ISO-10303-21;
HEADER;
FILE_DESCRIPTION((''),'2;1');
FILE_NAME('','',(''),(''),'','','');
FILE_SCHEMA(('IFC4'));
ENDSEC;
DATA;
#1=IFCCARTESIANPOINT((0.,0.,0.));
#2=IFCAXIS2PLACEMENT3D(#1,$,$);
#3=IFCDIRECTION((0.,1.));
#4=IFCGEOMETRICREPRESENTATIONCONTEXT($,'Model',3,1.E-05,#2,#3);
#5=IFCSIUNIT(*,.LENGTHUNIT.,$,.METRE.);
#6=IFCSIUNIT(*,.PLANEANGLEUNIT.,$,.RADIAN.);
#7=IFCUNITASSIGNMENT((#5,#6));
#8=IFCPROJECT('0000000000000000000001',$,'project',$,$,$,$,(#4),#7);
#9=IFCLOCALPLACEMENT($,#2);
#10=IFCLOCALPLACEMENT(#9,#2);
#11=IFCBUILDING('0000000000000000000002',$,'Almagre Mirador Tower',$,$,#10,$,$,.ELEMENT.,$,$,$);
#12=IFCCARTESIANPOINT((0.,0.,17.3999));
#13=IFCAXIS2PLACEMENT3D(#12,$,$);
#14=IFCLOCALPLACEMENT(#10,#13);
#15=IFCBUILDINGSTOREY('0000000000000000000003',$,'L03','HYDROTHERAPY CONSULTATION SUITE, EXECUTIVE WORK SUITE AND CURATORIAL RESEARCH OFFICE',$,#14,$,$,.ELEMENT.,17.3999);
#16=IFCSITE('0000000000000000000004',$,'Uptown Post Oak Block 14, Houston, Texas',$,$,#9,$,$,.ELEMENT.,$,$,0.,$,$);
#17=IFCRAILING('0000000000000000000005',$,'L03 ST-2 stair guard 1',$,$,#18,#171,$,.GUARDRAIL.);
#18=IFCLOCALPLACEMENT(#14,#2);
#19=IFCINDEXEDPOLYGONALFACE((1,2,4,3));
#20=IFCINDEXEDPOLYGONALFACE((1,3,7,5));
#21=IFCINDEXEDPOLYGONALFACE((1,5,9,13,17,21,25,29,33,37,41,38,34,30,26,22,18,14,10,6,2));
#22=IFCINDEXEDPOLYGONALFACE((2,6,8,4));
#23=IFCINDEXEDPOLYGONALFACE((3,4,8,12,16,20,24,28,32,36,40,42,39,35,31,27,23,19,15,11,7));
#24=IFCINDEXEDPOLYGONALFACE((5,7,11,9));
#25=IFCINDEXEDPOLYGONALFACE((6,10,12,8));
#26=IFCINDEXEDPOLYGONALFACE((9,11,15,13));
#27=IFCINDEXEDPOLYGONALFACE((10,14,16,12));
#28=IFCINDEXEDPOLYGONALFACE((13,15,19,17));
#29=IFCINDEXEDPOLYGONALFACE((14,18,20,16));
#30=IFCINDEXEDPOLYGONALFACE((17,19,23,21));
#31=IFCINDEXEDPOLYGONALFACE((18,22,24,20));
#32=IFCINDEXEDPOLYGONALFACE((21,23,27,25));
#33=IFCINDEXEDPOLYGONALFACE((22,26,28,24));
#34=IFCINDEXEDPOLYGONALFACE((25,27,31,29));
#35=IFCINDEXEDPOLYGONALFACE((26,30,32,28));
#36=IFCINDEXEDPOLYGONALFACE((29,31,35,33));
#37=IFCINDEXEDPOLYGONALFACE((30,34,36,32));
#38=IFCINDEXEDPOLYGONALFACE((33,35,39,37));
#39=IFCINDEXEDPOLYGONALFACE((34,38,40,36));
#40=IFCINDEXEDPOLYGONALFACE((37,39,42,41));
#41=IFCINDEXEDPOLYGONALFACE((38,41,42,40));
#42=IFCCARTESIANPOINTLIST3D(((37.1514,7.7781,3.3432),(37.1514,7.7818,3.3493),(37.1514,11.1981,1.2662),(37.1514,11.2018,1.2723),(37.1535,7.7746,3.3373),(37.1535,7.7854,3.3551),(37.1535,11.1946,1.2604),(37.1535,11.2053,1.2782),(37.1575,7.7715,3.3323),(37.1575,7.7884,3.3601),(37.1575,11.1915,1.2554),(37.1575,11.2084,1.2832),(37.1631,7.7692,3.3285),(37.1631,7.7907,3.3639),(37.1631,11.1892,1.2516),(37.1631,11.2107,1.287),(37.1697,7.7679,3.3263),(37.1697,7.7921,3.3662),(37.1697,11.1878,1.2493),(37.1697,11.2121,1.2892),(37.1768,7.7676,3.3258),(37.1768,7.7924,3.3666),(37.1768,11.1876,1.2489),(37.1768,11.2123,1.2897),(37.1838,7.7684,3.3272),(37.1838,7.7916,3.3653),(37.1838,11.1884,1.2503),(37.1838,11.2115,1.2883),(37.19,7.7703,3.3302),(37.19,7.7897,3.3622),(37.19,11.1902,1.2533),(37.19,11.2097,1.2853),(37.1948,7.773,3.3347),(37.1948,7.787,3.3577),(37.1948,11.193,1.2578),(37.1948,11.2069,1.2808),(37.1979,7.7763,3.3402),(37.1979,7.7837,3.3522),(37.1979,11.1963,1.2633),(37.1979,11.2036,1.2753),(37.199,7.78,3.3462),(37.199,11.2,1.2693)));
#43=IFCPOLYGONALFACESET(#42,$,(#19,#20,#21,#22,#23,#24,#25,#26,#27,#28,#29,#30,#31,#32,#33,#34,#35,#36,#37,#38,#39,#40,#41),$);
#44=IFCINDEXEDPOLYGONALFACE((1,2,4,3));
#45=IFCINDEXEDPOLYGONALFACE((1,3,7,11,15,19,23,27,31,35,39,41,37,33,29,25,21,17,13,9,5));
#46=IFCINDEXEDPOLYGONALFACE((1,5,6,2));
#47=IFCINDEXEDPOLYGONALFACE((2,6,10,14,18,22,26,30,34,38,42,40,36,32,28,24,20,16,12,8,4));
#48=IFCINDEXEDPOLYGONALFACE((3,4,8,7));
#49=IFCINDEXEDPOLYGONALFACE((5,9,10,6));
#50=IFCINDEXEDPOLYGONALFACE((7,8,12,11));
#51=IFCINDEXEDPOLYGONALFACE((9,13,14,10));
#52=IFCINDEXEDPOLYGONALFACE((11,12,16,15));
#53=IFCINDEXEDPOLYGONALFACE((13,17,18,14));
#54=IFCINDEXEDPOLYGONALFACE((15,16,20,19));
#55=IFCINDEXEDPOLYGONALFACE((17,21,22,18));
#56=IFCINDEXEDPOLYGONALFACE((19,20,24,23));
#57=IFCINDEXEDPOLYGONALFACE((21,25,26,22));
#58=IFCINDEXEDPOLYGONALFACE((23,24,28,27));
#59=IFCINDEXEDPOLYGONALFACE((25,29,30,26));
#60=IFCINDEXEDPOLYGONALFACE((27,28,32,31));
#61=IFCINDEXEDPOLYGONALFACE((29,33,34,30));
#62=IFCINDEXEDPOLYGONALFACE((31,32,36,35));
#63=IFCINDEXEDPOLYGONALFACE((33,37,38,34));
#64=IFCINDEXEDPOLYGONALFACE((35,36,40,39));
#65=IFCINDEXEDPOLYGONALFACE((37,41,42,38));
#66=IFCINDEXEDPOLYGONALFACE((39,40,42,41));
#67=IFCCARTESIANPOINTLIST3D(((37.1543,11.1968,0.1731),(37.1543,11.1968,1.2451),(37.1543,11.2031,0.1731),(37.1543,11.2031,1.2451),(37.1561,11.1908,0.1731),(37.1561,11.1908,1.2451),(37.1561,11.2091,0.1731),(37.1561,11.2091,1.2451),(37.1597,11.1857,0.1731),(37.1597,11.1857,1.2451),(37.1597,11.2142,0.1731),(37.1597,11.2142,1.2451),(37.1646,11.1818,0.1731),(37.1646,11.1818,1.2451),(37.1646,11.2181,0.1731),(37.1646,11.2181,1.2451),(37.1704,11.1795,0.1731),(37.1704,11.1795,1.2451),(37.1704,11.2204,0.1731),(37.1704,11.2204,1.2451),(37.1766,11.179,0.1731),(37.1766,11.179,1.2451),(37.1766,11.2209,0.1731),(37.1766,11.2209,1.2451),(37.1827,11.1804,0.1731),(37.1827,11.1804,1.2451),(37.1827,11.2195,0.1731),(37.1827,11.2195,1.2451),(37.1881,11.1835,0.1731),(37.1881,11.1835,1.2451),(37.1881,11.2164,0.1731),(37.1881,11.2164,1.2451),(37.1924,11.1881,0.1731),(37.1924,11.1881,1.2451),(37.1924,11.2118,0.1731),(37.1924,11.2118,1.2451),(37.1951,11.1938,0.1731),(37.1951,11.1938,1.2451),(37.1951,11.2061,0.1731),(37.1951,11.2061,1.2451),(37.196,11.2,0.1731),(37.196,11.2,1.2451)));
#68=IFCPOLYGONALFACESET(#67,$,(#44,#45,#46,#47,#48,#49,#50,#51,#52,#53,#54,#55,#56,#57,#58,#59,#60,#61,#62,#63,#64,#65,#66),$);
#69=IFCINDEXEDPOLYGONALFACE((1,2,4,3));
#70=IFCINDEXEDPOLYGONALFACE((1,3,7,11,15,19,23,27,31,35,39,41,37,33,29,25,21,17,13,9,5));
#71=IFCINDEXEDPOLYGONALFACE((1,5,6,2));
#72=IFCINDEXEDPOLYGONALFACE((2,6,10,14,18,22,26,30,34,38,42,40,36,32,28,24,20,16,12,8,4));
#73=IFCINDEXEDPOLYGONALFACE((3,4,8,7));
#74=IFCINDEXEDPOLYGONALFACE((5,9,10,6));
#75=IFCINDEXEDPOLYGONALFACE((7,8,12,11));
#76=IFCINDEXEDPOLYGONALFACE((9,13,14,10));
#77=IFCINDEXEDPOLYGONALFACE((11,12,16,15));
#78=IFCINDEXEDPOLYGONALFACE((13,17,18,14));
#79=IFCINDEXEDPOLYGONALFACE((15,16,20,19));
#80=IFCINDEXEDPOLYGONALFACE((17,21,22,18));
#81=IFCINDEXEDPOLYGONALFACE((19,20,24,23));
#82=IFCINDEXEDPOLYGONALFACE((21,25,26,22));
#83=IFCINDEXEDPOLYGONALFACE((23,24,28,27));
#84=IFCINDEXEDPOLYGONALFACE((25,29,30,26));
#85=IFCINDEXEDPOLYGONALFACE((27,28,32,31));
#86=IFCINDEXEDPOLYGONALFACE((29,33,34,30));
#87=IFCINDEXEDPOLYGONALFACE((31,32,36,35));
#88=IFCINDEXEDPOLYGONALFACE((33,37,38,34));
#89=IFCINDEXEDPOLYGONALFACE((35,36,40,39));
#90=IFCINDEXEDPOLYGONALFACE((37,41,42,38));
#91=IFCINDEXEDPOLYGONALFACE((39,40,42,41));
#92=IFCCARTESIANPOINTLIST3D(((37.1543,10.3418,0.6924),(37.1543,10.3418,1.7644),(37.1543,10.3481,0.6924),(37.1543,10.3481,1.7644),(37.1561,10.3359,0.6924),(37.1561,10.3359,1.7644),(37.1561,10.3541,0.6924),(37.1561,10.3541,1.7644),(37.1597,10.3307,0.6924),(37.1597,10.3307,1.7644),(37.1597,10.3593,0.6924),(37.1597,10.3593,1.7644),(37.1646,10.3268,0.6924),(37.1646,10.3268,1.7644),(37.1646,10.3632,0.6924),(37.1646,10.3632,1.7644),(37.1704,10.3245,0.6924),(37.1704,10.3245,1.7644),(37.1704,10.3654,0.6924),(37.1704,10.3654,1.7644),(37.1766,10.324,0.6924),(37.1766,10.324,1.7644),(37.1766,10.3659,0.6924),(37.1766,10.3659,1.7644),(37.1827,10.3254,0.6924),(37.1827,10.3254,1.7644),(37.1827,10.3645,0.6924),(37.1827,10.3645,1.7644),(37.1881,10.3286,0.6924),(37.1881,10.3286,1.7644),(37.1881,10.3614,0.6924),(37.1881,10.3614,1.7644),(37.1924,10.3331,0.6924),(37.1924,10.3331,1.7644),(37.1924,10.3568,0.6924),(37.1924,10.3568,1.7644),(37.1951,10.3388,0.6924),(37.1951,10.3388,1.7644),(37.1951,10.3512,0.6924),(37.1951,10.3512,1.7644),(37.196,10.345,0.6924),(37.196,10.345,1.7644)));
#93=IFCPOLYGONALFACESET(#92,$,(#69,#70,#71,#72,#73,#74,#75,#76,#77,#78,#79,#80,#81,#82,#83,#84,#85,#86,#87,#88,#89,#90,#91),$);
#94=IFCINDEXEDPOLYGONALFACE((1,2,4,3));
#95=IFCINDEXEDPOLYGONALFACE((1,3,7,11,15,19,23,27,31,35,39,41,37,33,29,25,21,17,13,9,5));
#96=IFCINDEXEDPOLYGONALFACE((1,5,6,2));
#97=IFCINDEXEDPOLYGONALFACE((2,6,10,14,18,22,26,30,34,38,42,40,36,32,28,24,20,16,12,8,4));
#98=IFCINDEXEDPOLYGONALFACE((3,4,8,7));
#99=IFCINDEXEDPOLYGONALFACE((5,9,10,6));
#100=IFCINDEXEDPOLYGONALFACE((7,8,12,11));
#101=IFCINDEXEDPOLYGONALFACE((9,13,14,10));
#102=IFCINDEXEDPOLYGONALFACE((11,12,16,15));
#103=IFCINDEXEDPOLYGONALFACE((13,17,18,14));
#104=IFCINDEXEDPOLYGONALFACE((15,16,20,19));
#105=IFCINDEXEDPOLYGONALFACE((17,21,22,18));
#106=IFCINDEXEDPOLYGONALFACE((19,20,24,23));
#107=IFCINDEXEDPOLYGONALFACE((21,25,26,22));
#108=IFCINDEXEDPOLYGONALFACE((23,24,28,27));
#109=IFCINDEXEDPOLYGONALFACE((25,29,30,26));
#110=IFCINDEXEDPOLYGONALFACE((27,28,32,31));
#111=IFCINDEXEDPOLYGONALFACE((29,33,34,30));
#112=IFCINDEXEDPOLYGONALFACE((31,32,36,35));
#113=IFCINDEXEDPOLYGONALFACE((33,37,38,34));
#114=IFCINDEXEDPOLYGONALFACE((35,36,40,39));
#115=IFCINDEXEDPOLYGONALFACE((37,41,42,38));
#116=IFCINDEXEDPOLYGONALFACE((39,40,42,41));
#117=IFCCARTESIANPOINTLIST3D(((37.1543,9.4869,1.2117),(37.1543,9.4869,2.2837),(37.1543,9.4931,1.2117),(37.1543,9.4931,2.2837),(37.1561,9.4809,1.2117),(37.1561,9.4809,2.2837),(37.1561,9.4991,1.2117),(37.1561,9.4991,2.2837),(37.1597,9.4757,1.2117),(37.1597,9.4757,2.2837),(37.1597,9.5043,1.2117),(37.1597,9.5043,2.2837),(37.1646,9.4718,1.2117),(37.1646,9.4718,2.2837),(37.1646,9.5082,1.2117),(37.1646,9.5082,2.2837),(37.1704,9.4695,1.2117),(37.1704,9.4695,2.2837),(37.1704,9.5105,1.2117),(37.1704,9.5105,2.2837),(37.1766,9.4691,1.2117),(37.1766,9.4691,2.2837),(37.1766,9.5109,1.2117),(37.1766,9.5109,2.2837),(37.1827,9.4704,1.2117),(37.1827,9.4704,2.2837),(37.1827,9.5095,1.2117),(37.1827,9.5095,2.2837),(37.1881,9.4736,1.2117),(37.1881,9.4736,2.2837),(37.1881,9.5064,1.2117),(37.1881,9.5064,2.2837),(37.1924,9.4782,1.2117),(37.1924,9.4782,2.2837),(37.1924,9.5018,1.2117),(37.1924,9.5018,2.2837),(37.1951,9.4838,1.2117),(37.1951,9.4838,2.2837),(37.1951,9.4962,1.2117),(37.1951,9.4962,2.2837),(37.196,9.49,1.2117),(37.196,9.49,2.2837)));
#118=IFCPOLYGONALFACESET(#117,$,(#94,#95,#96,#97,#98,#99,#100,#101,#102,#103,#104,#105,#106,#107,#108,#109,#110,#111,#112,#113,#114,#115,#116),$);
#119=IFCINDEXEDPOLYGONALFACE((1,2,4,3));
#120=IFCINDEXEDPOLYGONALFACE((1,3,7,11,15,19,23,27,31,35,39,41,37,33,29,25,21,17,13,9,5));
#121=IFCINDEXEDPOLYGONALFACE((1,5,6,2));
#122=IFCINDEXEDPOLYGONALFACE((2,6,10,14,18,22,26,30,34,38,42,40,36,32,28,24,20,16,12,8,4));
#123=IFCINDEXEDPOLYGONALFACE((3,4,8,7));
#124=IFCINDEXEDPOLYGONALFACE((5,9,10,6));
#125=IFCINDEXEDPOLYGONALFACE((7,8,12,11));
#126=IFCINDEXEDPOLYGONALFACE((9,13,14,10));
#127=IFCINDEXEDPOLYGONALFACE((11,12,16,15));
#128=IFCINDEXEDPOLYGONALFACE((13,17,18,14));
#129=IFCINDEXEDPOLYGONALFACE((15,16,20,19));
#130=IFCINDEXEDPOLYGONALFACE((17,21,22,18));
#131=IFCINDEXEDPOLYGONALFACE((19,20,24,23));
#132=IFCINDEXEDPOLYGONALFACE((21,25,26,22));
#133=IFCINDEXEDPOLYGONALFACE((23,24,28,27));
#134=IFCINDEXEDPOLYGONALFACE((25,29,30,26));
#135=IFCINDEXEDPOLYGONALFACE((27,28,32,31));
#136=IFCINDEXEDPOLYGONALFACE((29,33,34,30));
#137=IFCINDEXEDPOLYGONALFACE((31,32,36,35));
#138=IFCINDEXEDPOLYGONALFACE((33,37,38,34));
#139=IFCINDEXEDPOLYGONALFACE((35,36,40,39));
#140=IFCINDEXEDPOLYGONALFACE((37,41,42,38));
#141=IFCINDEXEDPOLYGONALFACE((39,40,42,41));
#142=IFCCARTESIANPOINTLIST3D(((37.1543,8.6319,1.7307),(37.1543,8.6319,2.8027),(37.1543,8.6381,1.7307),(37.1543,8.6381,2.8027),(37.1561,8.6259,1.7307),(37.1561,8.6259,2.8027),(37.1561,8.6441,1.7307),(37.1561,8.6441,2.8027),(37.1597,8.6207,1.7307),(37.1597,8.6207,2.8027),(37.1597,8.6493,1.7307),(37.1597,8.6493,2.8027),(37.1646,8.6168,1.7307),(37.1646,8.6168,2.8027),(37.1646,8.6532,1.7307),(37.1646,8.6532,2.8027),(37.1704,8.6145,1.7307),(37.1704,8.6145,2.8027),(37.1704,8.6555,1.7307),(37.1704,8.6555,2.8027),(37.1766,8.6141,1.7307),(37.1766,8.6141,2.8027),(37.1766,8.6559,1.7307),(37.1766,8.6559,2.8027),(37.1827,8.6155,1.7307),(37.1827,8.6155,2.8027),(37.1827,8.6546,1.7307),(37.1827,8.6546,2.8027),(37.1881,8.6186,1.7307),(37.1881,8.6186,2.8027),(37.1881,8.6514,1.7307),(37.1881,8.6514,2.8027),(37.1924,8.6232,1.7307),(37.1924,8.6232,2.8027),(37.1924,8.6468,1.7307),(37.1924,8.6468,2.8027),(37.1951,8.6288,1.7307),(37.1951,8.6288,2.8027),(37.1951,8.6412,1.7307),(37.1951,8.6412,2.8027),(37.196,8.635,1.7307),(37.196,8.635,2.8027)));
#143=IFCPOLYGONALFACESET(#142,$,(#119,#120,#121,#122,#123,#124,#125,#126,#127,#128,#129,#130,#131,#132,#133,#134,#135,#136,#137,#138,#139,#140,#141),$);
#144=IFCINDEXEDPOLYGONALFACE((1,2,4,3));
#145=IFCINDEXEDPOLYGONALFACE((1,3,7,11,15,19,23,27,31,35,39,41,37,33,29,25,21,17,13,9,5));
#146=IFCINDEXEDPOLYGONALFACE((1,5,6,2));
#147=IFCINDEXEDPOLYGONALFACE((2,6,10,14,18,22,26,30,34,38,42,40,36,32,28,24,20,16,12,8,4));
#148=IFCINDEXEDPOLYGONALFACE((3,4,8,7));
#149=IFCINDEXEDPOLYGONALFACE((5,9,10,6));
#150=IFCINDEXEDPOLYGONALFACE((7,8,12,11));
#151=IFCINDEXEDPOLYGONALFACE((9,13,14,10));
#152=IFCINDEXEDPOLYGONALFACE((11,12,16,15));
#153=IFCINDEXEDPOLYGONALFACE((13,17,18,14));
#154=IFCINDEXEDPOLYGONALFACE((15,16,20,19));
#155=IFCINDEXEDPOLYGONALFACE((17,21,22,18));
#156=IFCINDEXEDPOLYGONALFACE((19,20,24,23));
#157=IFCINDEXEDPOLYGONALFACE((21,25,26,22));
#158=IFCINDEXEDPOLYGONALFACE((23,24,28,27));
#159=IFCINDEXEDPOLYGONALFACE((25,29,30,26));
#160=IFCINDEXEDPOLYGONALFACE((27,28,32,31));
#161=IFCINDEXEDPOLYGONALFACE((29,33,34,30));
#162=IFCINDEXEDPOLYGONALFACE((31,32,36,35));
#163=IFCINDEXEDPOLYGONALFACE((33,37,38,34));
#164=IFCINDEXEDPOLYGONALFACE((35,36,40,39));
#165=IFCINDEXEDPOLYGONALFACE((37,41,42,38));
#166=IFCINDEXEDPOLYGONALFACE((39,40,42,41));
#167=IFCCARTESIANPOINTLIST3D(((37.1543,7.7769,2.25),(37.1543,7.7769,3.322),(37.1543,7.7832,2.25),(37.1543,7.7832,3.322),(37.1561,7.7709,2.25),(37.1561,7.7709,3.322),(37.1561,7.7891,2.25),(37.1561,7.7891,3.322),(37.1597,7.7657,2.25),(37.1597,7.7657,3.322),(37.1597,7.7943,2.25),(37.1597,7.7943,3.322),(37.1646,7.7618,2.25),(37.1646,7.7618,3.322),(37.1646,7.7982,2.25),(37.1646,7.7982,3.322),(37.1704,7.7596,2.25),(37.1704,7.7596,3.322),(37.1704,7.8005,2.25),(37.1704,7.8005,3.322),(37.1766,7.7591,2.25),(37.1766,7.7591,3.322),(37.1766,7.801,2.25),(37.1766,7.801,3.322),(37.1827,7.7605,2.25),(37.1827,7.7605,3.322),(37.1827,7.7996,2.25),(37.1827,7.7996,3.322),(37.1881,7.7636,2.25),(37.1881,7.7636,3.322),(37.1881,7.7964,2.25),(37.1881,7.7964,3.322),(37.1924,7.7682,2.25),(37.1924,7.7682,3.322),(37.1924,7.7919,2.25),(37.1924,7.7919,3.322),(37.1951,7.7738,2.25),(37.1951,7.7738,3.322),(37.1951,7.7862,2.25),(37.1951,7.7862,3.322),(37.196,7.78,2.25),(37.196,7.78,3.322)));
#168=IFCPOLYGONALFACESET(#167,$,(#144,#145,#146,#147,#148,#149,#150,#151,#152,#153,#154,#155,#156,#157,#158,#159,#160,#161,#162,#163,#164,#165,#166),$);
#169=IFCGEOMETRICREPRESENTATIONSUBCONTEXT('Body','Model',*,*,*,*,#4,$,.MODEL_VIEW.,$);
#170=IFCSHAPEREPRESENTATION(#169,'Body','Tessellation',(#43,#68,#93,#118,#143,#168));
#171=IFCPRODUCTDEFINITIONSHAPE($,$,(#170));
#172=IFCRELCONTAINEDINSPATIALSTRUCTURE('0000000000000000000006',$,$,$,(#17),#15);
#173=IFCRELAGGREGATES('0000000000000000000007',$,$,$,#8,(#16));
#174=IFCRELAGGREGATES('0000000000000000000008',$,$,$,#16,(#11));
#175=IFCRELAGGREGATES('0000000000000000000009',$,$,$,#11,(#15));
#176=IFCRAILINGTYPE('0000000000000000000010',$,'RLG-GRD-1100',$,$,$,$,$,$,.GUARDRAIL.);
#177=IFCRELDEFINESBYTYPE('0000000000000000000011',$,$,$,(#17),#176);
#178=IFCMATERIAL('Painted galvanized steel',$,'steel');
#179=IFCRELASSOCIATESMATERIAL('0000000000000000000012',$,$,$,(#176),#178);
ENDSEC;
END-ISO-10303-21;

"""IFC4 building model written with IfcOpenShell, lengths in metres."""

from ifc_helpers import new_model, si_unit, direction, frame, origin, origin_2d, place, context, subcontext, project, spatial, circle, extrude, material, type_object, element, save


model = new_model("IFC4")

# Units and contexts
model_context = context("Model", 3, precision=1e-05, world=origin(), true_north=direction((0.0, 1.0)))
body_context = subcontext(model_context, "Body", "Model", "MODEL_VIEW")
ifc_project = project(units=[si_unit("LENGTHUNIT", "METRE"), si_unit("PLANEANGLEUNIT", "RADIAN")], contexts=[model_context])

# Site, building, storey
site_placement = place(None, origin())
site = spatial("IfcSite", under=ifc_project, at=site_placement, Name="Uptown Post Oak Block 14, Houston, Texas", CompositionType="ELEMENT", RefElevation=0.0)
building_placement = place(site_placement, origin())
building = spatial("IfcBuilding", under=site, at=building_placement, Name="Almagre Mirador Tower", CompositionType="ELEMENT")
storey_placement = place(building_placement, frame((0.0, 0.0, 17.3999)))
storey = spatial("IfcBuildingStorey", under=building, at=storey_placement, Name="L03", Description="HYDROTHERAPY CONSULTATION SUITE, EXECUTIVE WORK SUITE AND CURATORIAL RESEARCH OFFICE", CompositionType="ELEMENT", Elevation=17.3999)

# Railing
ifc_material_1 = material(Name="Painted galvanized steel", Category="steel")
railing_type_1 = type_object("IfcRailingType", Name="RLG-GRD-1100", PredefinedType="GUARDRAIL", material=ifc_material_1)
railing_1_placement = place(storey_placement, frame((37.175, 11.2, 0.1731)))
element("IfcRailing", 1, at=railing_1_placement, inside=storey, type_object=railing_type_1, Name="L03 ST-2 stair guard 1", PredefinedType="GUARDRAIL", context=body_context, shape_type="SweptSolid", body=[
    extrude(circle(Radius=0.0239, at=origin_2d()), frame((0.0, 0.0, 1.0962), z_axis=(0.0, -0.85473, 0.519074), x_axis=(1.0, 0.0, 0.0)), (0.0, 0.0, 1.0), 4.0012),
    extrude(circle(Radius=0.021, at=origin_2d()), origin(), (0.0, 0.0, 1.0), 1.072),
    extrude(circle(Radius=0.021, at=origin_2d()), frame((0.0, -0.855, 0.5193)), (0.0, 0.0, 1.0), 1.072),
    extrude(circle(Radius=0.021, at=origin_2d()), frame((0.0, -1.71, 1.0386)), (0.0, 0.0, 1.0), 1.072),
    extrude(circle(Radius=0.021, at=origin_2d()), frame((0.0, -2.5649, 1.5576)), (0.0, 0.0, 1.0), 1.072),
    extrude(circle(Radius=0.021, at=origin_2d()), frame((0.0, -3.4199, 2.0769)), (0.0, 0.0, 1.0), 1.072),
])

save(model, "model.ifc")
